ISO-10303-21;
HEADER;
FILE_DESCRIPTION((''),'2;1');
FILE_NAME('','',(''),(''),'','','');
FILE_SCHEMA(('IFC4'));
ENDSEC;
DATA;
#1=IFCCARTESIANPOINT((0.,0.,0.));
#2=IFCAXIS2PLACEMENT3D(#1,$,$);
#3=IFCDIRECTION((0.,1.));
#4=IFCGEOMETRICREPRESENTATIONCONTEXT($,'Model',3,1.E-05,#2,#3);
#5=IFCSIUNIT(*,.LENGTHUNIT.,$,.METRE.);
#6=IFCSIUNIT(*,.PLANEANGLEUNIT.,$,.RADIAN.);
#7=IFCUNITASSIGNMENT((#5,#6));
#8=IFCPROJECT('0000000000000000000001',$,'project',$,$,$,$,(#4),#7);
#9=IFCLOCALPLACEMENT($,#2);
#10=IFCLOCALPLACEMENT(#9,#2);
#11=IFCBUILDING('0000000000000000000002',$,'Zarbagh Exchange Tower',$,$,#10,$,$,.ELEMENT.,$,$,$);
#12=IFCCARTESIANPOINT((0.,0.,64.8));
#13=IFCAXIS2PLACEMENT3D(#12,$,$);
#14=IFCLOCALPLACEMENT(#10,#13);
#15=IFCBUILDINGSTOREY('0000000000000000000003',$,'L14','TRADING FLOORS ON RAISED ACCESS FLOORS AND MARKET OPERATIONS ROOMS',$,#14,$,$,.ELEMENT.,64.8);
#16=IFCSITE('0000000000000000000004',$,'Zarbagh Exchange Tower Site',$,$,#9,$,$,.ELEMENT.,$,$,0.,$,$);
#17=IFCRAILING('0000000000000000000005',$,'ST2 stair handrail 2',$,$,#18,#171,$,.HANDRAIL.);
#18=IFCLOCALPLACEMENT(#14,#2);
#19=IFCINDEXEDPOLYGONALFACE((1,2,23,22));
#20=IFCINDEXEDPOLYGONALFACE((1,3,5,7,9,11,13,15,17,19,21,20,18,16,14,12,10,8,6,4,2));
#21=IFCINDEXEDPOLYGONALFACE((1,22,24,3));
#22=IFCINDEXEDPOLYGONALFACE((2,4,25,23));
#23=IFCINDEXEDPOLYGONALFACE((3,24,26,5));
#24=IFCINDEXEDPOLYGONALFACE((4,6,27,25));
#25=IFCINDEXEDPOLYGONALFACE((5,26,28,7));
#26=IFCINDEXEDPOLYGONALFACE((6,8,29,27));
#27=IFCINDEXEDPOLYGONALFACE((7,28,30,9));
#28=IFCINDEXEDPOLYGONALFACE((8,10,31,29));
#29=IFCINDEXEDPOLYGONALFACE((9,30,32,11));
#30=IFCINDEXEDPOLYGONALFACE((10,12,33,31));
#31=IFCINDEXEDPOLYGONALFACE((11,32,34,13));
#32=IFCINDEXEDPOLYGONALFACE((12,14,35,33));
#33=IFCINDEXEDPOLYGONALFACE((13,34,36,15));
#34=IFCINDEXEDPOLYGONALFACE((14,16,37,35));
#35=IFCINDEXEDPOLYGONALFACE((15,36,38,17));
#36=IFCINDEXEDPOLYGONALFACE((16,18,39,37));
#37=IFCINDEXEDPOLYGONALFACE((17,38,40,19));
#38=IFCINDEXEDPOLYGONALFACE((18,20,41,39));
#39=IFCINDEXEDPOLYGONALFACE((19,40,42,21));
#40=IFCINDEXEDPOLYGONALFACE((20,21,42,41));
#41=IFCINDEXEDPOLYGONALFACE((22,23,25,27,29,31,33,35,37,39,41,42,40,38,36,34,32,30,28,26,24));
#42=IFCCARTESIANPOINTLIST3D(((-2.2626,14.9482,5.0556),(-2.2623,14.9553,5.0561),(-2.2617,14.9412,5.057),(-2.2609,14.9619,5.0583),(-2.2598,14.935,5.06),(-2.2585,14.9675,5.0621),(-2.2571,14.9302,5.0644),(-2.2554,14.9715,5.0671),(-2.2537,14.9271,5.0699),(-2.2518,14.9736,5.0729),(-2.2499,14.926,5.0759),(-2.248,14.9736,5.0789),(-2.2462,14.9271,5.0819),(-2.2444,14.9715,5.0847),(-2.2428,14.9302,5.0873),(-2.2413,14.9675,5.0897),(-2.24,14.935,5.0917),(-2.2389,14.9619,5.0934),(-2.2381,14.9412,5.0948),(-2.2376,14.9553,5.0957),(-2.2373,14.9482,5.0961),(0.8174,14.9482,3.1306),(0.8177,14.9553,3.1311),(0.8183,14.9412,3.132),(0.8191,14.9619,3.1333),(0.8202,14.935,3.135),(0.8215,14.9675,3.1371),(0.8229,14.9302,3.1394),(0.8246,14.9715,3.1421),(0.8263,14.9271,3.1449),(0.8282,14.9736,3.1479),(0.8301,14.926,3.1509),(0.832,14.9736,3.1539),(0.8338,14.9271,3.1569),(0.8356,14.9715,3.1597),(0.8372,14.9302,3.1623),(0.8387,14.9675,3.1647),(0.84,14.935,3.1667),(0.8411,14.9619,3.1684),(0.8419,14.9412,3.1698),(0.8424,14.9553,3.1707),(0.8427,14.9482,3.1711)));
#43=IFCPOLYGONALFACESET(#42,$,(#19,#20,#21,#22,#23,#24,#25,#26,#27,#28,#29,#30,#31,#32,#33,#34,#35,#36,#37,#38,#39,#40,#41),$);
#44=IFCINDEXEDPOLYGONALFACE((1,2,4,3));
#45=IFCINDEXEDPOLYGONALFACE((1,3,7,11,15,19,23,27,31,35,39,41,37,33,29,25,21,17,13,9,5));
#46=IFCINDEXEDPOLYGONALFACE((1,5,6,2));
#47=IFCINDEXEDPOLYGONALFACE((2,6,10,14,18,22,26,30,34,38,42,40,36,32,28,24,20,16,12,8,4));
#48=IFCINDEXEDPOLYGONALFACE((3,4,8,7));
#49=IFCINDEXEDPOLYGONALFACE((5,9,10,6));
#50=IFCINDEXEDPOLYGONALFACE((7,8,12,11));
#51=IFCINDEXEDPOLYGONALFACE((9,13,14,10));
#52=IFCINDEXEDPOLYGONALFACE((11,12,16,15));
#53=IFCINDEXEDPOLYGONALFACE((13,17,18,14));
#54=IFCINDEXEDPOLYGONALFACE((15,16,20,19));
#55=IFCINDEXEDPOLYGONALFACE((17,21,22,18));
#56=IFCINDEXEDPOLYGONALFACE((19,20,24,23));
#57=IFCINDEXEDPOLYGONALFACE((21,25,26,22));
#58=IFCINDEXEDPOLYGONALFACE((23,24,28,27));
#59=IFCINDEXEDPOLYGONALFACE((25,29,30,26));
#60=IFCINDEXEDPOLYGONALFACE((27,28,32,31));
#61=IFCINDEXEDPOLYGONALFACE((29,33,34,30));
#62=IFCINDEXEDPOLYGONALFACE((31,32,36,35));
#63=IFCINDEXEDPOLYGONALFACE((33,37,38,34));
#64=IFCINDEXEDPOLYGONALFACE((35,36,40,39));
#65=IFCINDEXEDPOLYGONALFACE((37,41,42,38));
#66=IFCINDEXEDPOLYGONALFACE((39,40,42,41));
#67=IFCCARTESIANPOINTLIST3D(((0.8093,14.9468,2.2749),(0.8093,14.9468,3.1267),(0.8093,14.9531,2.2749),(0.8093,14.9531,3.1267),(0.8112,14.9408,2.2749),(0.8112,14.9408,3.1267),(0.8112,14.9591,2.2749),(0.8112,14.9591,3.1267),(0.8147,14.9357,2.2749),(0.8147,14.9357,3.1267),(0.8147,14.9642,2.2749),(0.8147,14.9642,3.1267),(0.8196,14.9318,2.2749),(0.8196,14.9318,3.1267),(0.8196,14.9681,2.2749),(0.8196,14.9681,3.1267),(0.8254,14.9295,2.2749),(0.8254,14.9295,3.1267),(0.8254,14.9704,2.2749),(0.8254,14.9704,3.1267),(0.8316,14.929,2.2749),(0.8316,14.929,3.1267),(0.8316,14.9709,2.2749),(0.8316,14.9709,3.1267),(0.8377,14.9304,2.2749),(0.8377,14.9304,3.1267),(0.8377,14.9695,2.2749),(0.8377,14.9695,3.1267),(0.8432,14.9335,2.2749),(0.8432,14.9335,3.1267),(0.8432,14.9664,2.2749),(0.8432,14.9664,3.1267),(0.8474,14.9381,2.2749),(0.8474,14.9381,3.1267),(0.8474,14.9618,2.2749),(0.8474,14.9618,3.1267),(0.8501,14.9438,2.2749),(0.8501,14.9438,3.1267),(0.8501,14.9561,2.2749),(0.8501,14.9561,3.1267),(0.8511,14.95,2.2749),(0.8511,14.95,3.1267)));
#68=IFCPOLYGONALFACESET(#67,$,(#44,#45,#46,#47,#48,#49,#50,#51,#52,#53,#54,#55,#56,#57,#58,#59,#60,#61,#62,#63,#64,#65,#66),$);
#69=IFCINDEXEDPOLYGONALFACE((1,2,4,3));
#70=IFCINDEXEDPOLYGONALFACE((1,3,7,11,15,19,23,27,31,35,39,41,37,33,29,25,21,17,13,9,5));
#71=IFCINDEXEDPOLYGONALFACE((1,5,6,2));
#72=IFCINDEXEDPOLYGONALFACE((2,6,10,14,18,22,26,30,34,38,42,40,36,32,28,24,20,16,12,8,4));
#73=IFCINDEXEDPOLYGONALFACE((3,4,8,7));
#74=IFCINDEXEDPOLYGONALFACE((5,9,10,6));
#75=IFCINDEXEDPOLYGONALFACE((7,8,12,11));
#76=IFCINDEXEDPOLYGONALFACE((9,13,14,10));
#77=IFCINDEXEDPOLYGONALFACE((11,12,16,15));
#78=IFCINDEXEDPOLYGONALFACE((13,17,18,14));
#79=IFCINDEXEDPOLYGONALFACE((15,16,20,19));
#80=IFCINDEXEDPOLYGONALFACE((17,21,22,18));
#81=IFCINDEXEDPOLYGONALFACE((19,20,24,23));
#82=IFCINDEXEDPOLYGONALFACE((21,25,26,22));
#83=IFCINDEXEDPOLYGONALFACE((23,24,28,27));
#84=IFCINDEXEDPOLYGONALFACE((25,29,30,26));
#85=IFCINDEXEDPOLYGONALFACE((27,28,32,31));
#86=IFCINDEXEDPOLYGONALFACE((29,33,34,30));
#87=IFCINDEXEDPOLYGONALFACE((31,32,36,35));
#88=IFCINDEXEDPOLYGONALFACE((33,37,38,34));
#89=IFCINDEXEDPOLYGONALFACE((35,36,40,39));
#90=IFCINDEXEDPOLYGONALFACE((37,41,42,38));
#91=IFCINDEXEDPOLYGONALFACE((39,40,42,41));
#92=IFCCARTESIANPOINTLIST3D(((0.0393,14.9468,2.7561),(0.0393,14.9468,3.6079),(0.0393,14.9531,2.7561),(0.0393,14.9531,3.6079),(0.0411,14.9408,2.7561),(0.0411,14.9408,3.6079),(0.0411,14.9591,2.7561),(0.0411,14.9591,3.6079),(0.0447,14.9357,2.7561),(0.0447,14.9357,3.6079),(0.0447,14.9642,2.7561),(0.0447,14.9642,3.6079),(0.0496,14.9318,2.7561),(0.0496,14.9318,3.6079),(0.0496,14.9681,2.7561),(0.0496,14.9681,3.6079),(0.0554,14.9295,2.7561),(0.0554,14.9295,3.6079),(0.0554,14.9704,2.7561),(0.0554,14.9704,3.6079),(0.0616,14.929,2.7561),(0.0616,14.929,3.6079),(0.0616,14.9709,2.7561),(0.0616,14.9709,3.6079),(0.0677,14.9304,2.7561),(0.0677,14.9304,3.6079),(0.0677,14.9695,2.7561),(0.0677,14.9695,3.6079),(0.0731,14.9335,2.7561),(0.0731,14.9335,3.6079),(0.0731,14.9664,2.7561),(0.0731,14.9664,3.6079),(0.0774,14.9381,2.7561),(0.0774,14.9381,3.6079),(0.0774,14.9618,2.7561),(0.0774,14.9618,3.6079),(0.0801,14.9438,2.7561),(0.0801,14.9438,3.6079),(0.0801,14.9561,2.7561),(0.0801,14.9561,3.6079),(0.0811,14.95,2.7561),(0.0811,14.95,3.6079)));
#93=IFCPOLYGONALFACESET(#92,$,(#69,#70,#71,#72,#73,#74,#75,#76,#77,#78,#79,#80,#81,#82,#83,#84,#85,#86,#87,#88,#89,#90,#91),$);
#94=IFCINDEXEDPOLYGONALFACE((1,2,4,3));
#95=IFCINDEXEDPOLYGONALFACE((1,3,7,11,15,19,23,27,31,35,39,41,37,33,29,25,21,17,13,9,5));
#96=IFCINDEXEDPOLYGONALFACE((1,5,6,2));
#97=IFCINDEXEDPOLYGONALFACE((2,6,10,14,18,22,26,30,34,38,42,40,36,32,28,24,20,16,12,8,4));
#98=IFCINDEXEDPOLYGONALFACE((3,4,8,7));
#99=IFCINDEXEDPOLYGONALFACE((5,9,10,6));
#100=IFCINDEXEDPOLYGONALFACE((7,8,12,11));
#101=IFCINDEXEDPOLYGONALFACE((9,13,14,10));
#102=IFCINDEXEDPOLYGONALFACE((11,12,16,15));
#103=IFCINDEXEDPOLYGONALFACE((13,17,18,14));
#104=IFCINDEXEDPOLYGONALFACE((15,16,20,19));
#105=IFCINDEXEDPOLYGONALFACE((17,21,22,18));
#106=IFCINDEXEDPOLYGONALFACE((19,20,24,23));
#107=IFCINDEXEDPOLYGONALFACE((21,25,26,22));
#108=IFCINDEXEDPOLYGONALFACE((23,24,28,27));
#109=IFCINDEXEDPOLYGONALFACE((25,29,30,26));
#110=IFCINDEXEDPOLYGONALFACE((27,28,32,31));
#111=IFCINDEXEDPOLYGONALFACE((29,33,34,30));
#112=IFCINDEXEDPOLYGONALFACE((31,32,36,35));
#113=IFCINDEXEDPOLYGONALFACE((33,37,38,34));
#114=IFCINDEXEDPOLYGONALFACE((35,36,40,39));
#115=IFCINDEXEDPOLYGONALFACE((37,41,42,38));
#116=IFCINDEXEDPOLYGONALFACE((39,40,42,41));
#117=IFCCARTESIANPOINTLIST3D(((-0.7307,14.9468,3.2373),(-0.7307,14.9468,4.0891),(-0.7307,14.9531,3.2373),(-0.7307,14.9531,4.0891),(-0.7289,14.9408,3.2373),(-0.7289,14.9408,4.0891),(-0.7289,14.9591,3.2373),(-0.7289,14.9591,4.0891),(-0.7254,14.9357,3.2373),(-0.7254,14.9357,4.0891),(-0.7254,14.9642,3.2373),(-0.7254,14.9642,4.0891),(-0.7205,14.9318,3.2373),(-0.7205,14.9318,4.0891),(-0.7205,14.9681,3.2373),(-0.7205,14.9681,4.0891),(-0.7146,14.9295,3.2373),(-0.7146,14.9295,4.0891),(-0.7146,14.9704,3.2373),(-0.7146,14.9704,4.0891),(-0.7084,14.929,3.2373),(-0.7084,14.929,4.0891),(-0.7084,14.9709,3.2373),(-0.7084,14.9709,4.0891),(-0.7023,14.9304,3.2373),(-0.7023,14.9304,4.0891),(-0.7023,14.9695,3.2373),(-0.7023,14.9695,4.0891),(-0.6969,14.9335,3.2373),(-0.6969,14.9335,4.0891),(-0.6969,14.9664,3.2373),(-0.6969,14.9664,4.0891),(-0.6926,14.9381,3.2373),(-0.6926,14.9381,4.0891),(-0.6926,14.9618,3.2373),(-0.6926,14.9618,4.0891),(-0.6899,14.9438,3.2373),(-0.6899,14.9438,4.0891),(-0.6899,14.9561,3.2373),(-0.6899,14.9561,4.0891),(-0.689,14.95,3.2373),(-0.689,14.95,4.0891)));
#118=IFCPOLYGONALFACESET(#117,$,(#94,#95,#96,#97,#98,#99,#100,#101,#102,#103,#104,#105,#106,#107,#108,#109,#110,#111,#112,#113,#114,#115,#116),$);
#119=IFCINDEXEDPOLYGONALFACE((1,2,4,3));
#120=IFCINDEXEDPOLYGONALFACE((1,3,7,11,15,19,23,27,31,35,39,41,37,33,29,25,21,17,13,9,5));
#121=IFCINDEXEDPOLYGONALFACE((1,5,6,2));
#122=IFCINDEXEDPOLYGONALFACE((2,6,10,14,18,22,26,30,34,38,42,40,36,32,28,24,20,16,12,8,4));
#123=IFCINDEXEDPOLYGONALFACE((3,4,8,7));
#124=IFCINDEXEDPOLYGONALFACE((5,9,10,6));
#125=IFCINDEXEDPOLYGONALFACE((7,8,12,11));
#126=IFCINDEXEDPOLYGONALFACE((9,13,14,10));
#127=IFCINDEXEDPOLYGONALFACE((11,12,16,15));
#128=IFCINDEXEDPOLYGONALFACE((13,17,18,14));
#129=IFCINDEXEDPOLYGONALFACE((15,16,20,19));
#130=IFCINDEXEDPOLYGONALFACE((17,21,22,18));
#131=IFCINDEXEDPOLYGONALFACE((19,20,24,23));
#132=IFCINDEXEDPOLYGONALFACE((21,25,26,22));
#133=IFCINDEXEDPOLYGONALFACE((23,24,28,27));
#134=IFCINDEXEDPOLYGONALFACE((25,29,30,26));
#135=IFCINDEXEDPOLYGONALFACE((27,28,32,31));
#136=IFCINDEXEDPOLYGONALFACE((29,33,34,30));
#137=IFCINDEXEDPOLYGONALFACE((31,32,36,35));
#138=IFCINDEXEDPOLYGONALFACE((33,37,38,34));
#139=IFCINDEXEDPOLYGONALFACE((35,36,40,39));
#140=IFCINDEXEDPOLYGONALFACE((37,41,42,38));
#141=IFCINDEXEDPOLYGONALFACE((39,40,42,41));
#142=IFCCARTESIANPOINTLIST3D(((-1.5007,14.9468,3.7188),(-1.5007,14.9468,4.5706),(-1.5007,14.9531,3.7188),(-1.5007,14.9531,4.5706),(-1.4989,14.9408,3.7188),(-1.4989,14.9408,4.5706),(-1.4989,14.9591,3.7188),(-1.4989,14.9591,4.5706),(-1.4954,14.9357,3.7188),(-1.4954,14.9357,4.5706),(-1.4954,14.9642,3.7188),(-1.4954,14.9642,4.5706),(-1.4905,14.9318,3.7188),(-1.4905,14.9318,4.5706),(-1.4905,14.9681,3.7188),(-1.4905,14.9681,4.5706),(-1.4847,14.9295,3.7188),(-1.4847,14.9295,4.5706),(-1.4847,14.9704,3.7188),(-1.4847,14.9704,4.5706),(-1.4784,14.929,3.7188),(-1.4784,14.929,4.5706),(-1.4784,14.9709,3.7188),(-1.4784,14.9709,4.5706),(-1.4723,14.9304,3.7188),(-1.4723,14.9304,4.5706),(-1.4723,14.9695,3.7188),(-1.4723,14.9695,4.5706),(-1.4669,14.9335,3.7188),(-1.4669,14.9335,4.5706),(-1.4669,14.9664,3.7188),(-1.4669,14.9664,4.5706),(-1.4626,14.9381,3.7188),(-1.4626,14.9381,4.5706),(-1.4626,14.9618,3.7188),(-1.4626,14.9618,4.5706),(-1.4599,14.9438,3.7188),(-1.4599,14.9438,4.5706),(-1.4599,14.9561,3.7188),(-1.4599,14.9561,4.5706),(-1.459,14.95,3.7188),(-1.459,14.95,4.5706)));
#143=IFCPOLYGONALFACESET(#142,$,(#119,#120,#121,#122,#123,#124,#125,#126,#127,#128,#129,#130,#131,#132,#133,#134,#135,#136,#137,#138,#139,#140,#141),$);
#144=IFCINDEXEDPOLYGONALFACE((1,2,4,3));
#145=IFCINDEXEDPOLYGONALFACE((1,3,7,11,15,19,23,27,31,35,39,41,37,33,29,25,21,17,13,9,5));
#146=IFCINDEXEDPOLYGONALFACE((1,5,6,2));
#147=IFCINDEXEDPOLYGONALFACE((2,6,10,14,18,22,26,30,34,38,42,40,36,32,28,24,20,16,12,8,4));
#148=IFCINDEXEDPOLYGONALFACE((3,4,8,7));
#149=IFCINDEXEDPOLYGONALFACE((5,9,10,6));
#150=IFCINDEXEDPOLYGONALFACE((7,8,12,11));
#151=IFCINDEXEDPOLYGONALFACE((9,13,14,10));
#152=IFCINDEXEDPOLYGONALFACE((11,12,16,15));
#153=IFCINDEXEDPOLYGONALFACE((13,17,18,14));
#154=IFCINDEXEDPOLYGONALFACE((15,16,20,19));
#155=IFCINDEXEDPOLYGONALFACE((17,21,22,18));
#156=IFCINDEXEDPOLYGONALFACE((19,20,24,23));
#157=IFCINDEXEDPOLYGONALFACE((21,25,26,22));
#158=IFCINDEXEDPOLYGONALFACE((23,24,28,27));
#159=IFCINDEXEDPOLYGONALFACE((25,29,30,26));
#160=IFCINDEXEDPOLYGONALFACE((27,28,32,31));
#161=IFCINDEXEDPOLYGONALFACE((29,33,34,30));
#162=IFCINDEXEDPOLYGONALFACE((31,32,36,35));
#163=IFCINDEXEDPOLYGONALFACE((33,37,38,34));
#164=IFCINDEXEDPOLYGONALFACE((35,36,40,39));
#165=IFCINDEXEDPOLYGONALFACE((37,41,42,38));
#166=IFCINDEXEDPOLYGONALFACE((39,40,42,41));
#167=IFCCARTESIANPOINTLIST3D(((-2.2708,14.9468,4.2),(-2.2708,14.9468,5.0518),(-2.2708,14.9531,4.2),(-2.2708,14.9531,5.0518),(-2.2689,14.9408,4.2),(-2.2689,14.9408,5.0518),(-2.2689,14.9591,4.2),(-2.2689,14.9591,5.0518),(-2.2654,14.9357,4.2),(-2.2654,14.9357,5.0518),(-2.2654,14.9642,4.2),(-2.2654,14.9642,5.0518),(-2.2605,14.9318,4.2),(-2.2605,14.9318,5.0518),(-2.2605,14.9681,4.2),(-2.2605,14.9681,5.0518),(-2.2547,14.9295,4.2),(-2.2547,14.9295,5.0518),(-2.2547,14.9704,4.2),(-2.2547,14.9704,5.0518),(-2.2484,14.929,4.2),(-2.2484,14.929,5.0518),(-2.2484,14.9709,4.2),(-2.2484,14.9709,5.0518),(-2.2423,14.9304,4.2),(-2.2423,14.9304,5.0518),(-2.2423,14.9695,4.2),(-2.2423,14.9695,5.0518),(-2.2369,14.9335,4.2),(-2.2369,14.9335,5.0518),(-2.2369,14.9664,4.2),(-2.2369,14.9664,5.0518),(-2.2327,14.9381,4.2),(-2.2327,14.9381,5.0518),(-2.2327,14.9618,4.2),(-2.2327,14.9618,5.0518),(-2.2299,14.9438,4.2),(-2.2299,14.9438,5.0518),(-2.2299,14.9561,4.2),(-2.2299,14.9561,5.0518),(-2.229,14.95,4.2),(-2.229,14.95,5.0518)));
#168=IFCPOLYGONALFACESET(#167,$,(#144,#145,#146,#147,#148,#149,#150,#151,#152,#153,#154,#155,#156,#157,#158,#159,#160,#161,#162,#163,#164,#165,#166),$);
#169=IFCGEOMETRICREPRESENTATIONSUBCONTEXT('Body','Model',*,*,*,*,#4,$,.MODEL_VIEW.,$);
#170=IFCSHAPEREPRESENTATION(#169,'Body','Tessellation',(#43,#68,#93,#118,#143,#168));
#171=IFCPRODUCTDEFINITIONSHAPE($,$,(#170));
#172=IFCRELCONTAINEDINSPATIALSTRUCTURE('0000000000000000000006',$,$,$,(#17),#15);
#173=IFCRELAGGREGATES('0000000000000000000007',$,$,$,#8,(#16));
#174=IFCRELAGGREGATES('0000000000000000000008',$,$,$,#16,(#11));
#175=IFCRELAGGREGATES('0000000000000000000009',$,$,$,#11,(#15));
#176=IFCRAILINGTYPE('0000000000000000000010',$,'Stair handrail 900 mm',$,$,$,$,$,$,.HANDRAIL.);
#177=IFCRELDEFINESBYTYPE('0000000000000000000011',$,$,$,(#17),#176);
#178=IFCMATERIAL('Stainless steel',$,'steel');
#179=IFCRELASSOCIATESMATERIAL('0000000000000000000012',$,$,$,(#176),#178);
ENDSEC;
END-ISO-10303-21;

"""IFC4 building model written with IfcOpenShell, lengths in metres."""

from ifc_helpers import new_model, si_unit, direction, frame, origin, origin_2d, place, context, subcontext, project, spatial, circle, extrude, material, type_object, element, save


model = new_model("IFC4")

# Units and contexts
model_context = context("Model", 3, precision=1e-05, world=origin(), true_north=direction((0.0, 1.0)))
body_context = subcontext(model_context, "Body", "Model", "MODEL_VIEW")
ifc_project = project(units=[si_unit("LENGTHUNIT", "METRE"), si_unit("PLANEANGLEUNIT", "RADIAN")], contexts=[model_context])

# Site, building, storey
site_placement = place(None, origin())
site = spatial("IfcSite", under=ifc_project, at=site_placement, Name="Zarbagh Exchange Tower Site", CompositionType="ELEMENT", RefElevation=0.0)
building_placement = place(site_placement, origin())
building = spatial("IfcBuilding", under=site, at=building_placement, Name="Zarbagh Exchange Tower", CompositionType="ELEMENT")
storey_placement = place(building_placement, frame((0.0, 0.0, 64.8)))
storey = spatial("IfcBuildingStorey", under=building, at=storey_placement, Name="L14", Description="TRADING FLOORS ON RAISED ACCESS FLOORS AND MARKET OPERATIONS ROOMS", CompositionType="ELEMENT", Elevation=64.8)

# Shared definitions
ifc_material_1 = material(Name="Stainless steel", Category="steel")

# Railing
railing_type_1 = type_object("IfcRailingType", Name="Stair handrail 900 mm", PredefinedType="HANDRAIL", material=ifc_material_1)
railing_1_placement = place(storey_placement, frame((0.8301, 14.95, 2.2749)))
element("IfcRailing", 1, at=railing_1_placement, inside=storey, type_object=railing_type_1, Name="ST2 stair handrail 2", PredefinedType="HANDRAIL", context=body_context, shape_type="SweptSolid", body=[
    extrude(circle(Radius=0.0239, at=origin_2d()), frame((0.0, 0.0, 0.876), z_axis=(-0.847998, 0.0, 0.529999), x_axis=(0.0, -1.0, 0.0)), (0.0, 0.0, 1.0), 3.6321),
    extrude(circle(Radius=0.021, at=origin_2d()), origin(), (0.0, 0.0, 1.0), 0.8518),
    extrude(circle(Radius=0.021, at=origin_2d()), frame((-0.77, 0.0, 0.4812)), (0.0, 0.0, 1.0), 0.8518),
    extrude(circle(Radius=0.021, at=origin_2d()), frame((-1.54, 0.0, 0.9624)), (0.0, 0.0, 1.0), 0.8518),
    extrude(circle(Radius=0.021, at=origin_2d()), frame((-2.3101, 0.0, 1.4438)), (0.0, 0.0, 1.0), 0.8518),
    extrude(circle(Radius=0.021, at=origin_2d()), frame((-3.0801, 0.0, 1.925)), (0.0, 0.0, 1.0), 0.8518),
])

save(model, "model.ifc")
